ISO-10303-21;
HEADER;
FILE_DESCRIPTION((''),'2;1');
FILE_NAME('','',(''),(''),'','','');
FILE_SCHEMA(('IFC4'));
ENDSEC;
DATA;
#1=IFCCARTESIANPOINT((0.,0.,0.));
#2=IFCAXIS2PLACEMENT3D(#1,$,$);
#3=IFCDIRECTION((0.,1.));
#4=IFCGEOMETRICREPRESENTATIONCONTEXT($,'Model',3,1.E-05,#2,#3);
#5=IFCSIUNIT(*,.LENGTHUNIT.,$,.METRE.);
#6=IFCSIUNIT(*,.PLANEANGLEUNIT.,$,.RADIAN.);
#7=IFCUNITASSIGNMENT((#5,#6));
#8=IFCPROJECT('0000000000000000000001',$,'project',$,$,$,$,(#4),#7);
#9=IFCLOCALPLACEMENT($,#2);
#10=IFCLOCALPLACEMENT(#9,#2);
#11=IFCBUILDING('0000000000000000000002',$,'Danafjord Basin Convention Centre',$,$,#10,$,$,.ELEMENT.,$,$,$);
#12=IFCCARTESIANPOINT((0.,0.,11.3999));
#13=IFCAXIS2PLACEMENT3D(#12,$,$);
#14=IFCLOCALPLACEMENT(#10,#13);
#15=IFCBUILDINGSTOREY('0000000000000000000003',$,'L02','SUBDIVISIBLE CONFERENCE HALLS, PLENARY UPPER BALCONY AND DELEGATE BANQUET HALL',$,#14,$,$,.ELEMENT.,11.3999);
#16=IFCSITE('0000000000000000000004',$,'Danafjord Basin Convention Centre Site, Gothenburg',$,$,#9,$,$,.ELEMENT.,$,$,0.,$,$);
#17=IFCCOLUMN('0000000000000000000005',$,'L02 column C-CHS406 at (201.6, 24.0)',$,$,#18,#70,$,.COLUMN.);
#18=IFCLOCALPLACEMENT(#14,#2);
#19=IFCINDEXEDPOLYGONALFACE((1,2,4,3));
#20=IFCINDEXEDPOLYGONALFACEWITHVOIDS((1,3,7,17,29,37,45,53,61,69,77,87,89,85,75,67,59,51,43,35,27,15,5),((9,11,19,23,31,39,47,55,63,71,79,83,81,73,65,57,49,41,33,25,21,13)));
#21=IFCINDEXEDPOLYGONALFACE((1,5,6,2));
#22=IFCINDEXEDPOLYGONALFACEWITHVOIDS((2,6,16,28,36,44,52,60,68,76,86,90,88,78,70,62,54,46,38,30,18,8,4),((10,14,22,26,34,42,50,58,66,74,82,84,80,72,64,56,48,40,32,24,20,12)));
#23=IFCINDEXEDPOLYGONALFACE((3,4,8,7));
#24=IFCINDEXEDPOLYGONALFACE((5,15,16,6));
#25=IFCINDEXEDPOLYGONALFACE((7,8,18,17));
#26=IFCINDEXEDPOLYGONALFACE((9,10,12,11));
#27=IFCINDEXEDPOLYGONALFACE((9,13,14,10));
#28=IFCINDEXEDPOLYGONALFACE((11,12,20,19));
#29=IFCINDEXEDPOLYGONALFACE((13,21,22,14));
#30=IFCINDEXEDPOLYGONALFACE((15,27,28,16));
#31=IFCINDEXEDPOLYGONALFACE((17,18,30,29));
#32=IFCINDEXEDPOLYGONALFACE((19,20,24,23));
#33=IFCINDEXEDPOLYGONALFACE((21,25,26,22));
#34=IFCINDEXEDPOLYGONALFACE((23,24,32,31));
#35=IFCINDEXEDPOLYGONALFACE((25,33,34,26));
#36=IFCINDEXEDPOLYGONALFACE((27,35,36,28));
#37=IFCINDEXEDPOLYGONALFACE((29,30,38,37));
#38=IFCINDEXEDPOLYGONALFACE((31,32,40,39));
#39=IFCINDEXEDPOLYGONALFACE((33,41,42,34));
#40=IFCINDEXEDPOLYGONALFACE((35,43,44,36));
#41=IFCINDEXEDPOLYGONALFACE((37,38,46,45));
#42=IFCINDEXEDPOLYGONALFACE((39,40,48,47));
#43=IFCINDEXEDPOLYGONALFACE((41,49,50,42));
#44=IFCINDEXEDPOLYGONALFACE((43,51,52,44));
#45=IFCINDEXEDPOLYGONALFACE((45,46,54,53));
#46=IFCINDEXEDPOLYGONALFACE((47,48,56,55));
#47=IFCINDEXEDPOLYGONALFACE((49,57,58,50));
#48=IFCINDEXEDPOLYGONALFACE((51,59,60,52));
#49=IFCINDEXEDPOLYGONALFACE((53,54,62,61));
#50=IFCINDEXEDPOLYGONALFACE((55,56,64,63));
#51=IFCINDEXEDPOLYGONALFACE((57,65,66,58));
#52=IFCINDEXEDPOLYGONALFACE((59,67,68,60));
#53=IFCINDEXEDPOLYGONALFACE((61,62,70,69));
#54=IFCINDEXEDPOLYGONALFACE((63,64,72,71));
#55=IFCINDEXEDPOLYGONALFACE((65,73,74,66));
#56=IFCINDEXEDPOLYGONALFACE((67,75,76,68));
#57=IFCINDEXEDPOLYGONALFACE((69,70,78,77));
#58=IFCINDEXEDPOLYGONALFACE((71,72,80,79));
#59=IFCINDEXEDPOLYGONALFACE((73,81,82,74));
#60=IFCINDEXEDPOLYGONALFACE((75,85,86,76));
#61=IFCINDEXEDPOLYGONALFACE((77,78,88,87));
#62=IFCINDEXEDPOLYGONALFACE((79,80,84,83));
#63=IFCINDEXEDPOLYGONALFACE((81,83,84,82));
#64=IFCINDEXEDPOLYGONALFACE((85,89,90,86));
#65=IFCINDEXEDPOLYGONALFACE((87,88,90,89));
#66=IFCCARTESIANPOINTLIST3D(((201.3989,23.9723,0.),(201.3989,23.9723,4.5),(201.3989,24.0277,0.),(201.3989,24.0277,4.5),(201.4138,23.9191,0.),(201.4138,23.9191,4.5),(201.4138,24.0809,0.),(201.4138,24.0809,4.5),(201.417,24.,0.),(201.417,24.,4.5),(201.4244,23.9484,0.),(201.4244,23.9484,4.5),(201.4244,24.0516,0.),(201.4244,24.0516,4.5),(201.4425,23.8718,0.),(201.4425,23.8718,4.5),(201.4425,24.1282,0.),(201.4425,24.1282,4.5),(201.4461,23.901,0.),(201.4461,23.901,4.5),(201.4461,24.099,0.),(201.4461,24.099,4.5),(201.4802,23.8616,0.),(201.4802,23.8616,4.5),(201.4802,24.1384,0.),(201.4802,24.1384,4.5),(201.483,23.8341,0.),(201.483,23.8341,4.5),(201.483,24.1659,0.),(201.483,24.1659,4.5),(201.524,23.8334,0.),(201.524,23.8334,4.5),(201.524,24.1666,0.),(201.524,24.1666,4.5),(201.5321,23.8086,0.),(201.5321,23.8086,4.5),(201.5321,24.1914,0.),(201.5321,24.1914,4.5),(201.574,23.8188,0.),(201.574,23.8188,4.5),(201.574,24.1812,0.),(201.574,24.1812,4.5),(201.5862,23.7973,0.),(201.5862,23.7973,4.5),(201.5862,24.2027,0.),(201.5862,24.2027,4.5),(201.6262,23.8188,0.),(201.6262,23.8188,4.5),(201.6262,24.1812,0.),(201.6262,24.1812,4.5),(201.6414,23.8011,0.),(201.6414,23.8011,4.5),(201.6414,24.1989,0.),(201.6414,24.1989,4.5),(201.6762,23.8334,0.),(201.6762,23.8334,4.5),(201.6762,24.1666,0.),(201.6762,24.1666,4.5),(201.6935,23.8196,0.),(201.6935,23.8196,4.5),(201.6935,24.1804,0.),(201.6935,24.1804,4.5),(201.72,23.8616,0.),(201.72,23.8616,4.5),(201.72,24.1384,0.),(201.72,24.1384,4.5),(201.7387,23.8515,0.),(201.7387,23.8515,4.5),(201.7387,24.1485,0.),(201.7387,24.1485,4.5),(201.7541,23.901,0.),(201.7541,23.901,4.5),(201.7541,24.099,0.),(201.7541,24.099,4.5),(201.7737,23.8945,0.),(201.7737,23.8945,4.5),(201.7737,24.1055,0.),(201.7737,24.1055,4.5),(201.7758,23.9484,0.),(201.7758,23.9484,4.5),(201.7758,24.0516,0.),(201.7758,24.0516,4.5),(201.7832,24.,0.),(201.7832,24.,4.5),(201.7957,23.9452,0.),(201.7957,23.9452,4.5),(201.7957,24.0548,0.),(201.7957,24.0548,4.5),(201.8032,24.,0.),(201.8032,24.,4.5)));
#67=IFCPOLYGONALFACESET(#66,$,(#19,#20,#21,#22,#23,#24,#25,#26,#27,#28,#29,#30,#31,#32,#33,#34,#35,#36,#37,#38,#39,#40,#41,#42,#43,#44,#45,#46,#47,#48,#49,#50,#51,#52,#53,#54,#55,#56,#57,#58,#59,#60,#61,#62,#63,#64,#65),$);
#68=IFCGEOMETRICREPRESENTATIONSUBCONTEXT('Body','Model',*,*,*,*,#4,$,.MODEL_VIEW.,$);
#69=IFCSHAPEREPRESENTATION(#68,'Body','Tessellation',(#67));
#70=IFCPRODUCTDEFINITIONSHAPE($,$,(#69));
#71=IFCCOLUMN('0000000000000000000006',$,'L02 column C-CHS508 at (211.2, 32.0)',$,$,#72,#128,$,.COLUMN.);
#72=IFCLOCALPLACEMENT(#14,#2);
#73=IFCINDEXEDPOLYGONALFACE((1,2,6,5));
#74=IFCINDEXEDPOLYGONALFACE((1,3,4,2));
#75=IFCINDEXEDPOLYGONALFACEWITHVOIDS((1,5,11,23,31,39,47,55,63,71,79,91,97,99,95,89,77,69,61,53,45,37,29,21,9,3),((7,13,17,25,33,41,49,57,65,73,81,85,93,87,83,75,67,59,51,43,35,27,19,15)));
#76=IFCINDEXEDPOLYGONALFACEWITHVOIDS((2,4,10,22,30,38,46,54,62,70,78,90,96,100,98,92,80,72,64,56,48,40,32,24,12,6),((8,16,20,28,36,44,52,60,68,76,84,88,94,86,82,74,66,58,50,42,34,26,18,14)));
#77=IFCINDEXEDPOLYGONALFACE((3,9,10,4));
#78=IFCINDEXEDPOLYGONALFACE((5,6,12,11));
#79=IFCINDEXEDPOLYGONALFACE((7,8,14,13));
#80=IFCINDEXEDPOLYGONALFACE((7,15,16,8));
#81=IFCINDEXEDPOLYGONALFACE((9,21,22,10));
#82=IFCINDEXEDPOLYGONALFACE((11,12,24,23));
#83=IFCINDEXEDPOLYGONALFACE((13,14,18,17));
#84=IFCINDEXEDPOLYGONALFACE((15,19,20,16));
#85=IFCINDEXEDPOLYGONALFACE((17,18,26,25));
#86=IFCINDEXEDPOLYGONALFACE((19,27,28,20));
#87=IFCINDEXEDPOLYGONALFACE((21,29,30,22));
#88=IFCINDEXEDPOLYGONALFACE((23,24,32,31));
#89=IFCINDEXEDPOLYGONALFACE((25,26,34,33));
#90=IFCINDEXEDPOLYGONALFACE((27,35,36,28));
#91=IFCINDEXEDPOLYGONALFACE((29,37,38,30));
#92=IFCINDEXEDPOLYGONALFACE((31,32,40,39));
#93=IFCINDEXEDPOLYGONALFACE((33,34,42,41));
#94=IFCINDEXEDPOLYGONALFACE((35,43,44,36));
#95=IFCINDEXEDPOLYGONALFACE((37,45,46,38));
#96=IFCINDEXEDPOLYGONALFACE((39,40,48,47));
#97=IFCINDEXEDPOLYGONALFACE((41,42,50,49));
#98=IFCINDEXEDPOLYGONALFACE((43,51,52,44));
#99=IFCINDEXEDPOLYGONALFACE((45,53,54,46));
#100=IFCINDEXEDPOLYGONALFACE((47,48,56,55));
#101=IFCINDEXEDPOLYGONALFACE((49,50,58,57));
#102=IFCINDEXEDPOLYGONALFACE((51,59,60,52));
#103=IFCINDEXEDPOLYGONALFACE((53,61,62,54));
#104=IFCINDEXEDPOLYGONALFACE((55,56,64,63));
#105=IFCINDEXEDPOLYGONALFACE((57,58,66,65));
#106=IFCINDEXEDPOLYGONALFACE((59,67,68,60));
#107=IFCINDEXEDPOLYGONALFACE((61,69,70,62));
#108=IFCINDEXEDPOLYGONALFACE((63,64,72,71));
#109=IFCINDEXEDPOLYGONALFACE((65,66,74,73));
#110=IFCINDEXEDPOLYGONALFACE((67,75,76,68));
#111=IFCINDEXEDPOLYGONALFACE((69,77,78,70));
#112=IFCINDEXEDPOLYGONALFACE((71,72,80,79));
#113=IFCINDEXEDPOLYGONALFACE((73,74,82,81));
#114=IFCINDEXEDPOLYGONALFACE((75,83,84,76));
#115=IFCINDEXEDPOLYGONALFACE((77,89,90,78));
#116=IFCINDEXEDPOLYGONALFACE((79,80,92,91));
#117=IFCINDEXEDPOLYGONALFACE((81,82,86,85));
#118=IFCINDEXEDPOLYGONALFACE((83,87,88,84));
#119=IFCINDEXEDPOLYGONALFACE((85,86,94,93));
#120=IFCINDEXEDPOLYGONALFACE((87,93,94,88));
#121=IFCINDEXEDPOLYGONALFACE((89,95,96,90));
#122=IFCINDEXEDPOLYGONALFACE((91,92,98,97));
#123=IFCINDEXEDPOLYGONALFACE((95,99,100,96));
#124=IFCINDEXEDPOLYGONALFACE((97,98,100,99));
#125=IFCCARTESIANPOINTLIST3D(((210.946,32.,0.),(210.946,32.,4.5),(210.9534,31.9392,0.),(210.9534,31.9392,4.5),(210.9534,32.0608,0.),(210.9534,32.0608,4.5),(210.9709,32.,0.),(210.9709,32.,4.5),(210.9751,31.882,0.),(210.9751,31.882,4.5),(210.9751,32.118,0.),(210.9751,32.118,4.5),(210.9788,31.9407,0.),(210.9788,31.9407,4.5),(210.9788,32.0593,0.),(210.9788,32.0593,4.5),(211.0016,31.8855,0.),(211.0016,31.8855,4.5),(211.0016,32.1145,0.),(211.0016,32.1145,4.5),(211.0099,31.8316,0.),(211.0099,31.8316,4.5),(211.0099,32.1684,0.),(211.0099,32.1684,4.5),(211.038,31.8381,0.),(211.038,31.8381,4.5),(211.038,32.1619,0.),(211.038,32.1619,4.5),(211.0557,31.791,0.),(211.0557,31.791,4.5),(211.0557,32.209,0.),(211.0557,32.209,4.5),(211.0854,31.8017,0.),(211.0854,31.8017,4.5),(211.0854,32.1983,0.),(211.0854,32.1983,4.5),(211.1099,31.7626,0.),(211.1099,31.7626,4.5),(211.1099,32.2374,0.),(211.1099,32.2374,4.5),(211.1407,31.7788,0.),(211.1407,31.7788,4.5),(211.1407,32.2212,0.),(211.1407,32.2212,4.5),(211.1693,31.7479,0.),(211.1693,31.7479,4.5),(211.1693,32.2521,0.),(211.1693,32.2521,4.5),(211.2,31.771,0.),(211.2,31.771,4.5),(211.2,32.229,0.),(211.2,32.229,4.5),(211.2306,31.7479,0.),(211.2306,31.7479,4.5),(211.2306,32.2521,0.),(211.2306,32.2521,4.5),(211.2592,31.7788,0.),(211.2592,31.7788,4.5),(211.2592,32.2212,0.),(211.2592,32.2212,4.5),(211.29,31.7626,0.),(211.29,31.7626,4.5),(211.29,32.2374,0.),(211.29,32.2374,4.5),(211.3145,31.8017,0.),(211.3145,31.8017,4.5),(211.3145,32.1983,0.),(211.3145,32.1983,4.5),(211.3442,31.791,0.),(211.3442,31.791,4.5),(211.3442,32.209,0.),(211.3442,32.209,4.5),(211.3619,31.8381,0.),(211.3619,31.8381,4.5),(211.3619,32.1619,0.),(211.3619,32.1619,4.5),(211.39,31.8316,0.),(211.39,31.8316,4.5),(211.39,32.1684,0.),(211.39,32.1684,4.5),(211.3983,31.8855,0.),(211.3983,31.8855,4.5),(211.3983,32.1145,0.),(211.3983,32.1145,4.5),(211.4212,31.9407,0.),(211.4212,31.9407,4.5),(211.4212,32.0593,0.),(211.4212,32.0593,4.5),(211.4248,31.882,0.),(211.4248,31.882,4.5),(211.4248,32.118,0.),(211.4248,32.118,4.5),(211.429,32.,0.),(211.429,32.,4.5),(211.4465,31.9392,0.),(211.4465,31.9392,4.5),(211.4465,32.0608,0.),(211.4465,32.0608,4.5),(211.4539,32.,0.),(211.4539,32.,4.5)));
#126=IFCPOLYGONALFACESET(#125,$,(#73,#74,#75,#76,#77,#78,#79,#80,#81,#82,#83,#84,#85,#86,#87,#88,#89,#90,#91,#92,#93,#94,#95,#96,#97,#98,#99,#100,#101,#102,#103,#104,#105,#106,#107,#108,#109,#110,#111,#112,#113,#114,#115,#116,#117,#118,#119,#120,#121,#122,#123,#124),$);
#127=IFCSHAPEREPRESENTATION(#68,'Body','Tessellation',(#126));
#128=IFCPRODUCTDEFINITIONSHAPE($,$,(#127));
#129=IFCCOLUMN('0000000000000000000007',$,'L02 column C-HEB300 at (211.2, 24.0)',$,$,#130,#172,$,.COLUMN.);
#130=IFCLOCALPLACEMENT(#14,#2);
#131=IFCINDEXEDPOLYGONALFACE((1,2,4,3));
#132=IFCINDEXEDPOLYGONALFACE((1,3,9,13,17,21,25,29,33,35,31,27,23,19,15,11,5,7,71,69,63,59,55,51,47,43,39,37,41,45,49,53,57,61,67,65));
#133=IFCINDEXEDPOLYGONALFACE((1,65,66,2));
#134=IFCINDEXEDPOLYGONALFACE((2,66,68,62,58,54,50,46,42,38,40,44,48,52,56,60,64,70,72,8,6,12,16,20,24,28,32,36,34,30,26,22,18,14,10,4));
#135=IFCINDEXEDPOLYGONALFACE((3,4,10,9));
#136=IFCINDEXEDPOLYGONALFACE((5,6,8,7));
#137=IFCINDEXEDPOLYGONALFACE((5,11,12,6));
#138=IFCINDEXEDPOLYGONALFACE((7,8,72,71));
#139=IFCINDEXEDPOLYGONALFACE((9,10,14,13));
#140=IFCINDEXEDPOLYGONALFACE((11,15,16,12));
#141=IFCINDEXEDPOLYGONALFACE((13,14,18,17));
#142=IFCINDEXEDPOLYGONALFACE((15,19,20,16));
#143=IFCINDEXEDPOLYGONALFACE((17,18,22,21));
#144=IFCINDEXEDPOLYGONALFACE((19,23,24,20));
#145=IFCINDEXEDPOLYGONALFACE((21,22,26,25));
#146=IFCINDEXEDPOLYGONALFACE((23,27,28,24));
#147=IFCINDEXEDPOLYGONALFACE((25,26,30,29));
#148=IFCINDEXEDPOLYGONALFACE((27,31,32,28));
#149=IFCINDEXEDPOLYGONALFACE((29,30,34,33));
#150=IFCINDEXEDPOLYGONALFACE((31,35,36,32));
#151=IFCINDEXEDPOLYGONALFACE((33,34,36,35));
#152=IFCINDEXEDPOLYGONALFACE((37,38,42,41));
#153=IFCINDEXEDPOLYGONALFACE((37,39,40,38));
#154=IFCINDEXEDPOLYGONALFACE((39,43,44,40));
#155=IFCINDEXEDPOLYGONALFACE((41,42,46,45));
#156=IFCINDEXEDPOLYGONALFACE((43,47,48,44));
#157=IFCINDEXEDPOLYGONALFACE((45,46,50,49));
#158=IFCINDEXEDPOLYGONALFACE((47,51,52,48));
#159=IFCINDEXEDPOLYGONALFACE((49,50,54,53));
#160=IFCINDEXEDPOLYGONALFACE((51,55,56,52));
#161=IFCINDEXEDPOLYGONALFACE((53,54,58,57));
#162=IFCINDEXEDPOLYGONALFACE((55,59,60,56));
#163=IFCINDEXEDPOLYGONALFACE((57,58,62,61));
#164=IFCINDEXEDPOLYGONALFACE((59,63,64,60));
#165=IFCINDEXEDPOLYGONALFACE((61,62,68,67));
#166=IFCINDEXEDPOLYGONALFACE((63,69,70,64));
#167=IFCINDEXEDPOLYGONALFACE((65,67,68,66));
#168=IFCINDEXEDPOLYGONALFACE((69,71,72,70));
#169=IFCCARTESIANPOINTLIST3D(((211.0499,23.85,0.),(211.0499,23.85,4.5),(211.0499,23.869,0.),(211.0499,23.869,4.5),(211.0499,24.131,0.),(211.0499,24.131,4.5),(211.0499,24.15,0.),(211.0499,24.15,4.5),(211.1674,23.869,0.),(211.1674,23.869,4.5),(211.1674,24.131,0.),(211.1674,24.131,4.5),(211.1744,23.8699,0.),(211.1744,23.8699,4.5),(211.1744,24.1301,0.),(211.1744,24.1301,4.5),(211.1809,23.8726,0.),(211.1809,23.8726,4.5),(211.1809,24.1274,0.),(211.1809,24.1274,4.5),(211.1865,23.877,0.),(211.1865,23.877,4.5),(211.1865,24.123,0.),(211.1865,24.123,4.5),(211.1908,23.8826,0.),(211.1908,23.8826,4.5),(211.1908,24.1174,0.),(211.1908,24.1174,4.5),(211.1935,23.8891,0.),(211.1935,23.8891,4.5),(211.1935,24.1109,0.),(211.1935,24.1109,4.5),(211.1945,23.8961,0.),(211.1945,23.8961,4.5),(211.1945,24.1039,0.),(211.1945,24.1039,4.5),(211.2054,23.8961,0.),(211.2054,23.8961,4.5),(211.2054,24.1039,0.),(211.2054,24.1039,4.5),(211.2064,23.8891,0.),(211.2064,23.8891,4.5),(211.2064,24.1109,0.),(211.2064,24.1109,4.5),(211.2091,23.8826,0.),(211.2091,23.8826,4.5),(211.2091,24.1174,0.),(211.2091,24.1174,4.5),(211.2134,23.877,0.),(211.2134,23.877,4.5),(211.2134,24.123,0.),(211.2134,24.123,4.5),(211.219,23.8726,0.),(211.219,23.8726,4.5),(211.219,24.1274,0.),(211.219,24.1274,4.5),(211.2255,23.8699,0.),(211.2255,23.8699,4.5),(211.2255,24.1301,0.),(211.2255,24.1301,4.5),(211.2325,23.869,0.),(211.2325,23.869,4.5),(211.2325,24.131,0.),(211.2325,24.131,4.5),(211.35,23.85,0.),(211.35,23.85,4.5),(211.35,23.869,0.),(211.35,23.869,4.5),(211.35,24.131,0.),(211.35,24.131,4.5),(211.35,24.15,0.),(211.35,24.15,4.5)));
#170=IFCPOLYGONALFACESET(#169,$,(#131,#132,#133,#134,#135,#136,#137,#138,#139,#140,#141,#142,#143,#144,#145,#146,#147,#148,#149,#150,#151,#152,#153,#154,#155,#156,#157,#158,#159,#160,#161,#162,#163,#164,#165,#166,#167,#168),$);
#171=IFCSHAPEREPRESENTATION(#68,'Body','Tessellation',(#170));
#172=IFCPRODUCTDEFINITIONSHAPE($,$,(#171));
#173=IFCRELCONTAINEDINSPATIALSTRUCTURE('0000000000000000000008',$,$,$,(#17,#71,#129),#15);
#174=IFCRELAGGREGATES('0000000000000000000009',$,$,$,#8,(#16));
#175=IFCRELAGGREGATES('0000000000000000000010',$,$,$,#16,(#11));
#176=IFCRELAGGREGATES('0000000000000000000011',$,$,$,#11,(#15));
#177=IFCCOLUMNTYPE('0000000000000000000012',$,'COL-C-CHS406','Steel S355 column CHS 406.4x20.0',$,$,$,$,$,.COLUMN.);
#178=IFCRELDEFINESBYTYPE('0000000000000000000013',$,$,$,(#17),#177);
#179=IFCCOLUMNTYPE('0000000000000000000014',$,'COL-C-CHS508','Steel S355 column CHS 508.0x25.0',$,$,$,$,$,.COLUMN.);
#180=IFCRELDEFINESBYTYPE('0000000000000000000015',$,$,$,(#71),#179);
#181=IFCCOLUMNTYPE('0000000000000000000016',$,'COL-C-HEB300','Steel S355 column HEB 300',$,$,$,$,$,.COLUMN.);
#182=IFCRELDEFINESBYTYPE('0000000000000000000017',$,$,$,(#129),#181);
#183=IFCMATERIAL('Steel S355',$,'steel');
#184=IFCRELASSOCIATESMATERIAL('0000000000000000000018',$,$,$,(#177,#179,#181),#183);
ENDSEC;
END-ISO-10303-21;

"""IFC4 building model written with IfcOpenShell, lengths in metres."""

from ifc_helpers import new_model, si_unit, direction, frame, origin, origin_2d, place, context, subcontext, project, spatial, hollow_circle, i_section, extrude, material, material_profile, profile_set, type_object, element, save


model = new_model("IFC4")

# Units and contexts
model_context = context("Model", 3, precision=1e-05, world=origin(), true_north=direction((0.0, 1.0)))
body_context = subcontext(model_context, "Body", "Model", "MODEL_VIEW")
ifc_project = project(units=[si_unit("LENGTHUNIT", "METRE"), si_unit("PLANEANGLEUNIT", "RADIAN")], contexts=[model_context])

# Site, building, storey
site_placement = place(None, origin())
site = spatial("IfcSite", under=ifc_project, at=site_placement, Name="Danafjord Basin Convention Centre Site, Gothenburg", CompositionType="ELEMENT", RefElevation=0.0)
building_placement = place(site_placement, origin())
building = spatial("IfcBuilding", under=site, at=building_placement, Name="Danafjord Basin Convention Centre", CompositionType="ELEMENT")
storey_placement = place(building_placement, frame((0.0, 0.0, 11.3999)))
storey = spatial("IfcBuildingStorey", under=building, at=storey_placement, Name="L02", Description="SUBDIVISIBLE CONFERENCE HALLS, PLENARY UPPER BALCONY AND DELEGATE BANQUET HALL", CompositionType="ELEMENT", Elevation=11.3999)

# Columns
ifc_material_1 = material(Name="Steel S355", Category="steel")
ifc_material_profile_1 = material_profile(ifc_material_1, hollow_circle(Radius=0.2031, WallThickness=0.02, at=origin_2d()), Name="CHS 406.4x20.0")
ifc_profile_set_1 = profile_set([ifc_material_profile_1], Name="Steel S355")
column_type_1 = type_object("IfcColumnType", Name="COL-C-CHS406", Description="Steel S355 column CHS 406.4x20.0", PredefinedType="COLUMN", material=ifc_profile_set_1)
column_1_placement = place(storey_placement, frame((201.6001, 24.0, 0.0), z_axis=(0.0, 0.0, 1.0), x_axis=(1.0, 0.0, 0.0)))
element("IfcColumn", 1, at=column_1_placement, inside=storey, type_object=column_type_1, Name="L02 column C-CHS406 at (201.6, 24.0)", PredefinedType="COLUMN", context=body_context, shape_type="SweptSolid", body=[
    extrude(hollow_circle(Radius=0.2031, WallThickness=0.02, at=origin_2d()), origin(), (0.0, 0.0, 1.0), 4.5),
])
ifc_material_profile_2 = material_profile(ifc_material_1, hollow_circle(Radius=0.2539, WallThickness=0.0249, at=origin_2d()), Name="CHS 508.0x25.0")
ifc_profile_set_2 = profile_set([ifc_material_profile_2], Name="Steel S355")
column_type_2 = type_object("IfcColumnType", Name="COL-C-CHS508", Description="Steel S355 column CHS 508.0x25.0", PredefinedType="COLUMN", material=ifc_profile_set_2)
column_2_placement = place(storey_placement, frame((211.2, 32.0, 0.0), z_axis=(0.0, 0.0, 1.0), x_axis=(1.0, 0.0, 0.0)))
element("IfcColumn", 2, at=column_2_placement, inside=storey, type_object=column_type_2, Name="L02 column C-CHS508 at (211.2, 32.0)", PredefinedType="COLUMN", context=body_context, shape_type="SweptSolid", body=[
    extrude(hollow_circle(Radius=0.2539, WallThickness=0.0249, at=origin_2d()), origin(), (0.0, 0.0, 1.0), 4.5),
])
ifc_material_profile_3 = material_profile(ifc_material_1, i_section(OverallWidth=0.3, OverallDepth=0.3, WebThickness=0.011, FlangeThickness=0.019, FilletRadius=0.0271, at=origin_2d()), Name="HEB 300")
ifc_profile_set_3 = profile_set([ifc_material_profile_3], Name="Steel S355")
column_type_3 = type_object("IfcColumnType", Name="COL-C-HEB300", Description="Steel S355 column HEB 300", PredefinedType="COLUMN", material=ifc_profile_set_3)
column_3_placement = place(storey_placement, frame((211.2, 24.0, 0.0), z_axis=(0.0, 0.0, 1.0), x_axis=(1.0, 0.0, 0.0)))
element("IfcColumn", 3, at=column_3_placement, inside=storey, type_object=column_type_3, Name="L02 column C-HEB300 at (211.2, 24.0)", PredefinedType="COLUMN", context=body_context, shape_type="SweptSolid", body=[
    extrude(i_section(OverallWidth=0.3, OverallDepth=0.3, WebThickness=0.011, FlangeThickness=0.019, FilletRadius=0.0271, at=origin_2d()), origin(), (0.0, 0.0, 1.0), 4.5),
])

save(model, "model.ifc")
